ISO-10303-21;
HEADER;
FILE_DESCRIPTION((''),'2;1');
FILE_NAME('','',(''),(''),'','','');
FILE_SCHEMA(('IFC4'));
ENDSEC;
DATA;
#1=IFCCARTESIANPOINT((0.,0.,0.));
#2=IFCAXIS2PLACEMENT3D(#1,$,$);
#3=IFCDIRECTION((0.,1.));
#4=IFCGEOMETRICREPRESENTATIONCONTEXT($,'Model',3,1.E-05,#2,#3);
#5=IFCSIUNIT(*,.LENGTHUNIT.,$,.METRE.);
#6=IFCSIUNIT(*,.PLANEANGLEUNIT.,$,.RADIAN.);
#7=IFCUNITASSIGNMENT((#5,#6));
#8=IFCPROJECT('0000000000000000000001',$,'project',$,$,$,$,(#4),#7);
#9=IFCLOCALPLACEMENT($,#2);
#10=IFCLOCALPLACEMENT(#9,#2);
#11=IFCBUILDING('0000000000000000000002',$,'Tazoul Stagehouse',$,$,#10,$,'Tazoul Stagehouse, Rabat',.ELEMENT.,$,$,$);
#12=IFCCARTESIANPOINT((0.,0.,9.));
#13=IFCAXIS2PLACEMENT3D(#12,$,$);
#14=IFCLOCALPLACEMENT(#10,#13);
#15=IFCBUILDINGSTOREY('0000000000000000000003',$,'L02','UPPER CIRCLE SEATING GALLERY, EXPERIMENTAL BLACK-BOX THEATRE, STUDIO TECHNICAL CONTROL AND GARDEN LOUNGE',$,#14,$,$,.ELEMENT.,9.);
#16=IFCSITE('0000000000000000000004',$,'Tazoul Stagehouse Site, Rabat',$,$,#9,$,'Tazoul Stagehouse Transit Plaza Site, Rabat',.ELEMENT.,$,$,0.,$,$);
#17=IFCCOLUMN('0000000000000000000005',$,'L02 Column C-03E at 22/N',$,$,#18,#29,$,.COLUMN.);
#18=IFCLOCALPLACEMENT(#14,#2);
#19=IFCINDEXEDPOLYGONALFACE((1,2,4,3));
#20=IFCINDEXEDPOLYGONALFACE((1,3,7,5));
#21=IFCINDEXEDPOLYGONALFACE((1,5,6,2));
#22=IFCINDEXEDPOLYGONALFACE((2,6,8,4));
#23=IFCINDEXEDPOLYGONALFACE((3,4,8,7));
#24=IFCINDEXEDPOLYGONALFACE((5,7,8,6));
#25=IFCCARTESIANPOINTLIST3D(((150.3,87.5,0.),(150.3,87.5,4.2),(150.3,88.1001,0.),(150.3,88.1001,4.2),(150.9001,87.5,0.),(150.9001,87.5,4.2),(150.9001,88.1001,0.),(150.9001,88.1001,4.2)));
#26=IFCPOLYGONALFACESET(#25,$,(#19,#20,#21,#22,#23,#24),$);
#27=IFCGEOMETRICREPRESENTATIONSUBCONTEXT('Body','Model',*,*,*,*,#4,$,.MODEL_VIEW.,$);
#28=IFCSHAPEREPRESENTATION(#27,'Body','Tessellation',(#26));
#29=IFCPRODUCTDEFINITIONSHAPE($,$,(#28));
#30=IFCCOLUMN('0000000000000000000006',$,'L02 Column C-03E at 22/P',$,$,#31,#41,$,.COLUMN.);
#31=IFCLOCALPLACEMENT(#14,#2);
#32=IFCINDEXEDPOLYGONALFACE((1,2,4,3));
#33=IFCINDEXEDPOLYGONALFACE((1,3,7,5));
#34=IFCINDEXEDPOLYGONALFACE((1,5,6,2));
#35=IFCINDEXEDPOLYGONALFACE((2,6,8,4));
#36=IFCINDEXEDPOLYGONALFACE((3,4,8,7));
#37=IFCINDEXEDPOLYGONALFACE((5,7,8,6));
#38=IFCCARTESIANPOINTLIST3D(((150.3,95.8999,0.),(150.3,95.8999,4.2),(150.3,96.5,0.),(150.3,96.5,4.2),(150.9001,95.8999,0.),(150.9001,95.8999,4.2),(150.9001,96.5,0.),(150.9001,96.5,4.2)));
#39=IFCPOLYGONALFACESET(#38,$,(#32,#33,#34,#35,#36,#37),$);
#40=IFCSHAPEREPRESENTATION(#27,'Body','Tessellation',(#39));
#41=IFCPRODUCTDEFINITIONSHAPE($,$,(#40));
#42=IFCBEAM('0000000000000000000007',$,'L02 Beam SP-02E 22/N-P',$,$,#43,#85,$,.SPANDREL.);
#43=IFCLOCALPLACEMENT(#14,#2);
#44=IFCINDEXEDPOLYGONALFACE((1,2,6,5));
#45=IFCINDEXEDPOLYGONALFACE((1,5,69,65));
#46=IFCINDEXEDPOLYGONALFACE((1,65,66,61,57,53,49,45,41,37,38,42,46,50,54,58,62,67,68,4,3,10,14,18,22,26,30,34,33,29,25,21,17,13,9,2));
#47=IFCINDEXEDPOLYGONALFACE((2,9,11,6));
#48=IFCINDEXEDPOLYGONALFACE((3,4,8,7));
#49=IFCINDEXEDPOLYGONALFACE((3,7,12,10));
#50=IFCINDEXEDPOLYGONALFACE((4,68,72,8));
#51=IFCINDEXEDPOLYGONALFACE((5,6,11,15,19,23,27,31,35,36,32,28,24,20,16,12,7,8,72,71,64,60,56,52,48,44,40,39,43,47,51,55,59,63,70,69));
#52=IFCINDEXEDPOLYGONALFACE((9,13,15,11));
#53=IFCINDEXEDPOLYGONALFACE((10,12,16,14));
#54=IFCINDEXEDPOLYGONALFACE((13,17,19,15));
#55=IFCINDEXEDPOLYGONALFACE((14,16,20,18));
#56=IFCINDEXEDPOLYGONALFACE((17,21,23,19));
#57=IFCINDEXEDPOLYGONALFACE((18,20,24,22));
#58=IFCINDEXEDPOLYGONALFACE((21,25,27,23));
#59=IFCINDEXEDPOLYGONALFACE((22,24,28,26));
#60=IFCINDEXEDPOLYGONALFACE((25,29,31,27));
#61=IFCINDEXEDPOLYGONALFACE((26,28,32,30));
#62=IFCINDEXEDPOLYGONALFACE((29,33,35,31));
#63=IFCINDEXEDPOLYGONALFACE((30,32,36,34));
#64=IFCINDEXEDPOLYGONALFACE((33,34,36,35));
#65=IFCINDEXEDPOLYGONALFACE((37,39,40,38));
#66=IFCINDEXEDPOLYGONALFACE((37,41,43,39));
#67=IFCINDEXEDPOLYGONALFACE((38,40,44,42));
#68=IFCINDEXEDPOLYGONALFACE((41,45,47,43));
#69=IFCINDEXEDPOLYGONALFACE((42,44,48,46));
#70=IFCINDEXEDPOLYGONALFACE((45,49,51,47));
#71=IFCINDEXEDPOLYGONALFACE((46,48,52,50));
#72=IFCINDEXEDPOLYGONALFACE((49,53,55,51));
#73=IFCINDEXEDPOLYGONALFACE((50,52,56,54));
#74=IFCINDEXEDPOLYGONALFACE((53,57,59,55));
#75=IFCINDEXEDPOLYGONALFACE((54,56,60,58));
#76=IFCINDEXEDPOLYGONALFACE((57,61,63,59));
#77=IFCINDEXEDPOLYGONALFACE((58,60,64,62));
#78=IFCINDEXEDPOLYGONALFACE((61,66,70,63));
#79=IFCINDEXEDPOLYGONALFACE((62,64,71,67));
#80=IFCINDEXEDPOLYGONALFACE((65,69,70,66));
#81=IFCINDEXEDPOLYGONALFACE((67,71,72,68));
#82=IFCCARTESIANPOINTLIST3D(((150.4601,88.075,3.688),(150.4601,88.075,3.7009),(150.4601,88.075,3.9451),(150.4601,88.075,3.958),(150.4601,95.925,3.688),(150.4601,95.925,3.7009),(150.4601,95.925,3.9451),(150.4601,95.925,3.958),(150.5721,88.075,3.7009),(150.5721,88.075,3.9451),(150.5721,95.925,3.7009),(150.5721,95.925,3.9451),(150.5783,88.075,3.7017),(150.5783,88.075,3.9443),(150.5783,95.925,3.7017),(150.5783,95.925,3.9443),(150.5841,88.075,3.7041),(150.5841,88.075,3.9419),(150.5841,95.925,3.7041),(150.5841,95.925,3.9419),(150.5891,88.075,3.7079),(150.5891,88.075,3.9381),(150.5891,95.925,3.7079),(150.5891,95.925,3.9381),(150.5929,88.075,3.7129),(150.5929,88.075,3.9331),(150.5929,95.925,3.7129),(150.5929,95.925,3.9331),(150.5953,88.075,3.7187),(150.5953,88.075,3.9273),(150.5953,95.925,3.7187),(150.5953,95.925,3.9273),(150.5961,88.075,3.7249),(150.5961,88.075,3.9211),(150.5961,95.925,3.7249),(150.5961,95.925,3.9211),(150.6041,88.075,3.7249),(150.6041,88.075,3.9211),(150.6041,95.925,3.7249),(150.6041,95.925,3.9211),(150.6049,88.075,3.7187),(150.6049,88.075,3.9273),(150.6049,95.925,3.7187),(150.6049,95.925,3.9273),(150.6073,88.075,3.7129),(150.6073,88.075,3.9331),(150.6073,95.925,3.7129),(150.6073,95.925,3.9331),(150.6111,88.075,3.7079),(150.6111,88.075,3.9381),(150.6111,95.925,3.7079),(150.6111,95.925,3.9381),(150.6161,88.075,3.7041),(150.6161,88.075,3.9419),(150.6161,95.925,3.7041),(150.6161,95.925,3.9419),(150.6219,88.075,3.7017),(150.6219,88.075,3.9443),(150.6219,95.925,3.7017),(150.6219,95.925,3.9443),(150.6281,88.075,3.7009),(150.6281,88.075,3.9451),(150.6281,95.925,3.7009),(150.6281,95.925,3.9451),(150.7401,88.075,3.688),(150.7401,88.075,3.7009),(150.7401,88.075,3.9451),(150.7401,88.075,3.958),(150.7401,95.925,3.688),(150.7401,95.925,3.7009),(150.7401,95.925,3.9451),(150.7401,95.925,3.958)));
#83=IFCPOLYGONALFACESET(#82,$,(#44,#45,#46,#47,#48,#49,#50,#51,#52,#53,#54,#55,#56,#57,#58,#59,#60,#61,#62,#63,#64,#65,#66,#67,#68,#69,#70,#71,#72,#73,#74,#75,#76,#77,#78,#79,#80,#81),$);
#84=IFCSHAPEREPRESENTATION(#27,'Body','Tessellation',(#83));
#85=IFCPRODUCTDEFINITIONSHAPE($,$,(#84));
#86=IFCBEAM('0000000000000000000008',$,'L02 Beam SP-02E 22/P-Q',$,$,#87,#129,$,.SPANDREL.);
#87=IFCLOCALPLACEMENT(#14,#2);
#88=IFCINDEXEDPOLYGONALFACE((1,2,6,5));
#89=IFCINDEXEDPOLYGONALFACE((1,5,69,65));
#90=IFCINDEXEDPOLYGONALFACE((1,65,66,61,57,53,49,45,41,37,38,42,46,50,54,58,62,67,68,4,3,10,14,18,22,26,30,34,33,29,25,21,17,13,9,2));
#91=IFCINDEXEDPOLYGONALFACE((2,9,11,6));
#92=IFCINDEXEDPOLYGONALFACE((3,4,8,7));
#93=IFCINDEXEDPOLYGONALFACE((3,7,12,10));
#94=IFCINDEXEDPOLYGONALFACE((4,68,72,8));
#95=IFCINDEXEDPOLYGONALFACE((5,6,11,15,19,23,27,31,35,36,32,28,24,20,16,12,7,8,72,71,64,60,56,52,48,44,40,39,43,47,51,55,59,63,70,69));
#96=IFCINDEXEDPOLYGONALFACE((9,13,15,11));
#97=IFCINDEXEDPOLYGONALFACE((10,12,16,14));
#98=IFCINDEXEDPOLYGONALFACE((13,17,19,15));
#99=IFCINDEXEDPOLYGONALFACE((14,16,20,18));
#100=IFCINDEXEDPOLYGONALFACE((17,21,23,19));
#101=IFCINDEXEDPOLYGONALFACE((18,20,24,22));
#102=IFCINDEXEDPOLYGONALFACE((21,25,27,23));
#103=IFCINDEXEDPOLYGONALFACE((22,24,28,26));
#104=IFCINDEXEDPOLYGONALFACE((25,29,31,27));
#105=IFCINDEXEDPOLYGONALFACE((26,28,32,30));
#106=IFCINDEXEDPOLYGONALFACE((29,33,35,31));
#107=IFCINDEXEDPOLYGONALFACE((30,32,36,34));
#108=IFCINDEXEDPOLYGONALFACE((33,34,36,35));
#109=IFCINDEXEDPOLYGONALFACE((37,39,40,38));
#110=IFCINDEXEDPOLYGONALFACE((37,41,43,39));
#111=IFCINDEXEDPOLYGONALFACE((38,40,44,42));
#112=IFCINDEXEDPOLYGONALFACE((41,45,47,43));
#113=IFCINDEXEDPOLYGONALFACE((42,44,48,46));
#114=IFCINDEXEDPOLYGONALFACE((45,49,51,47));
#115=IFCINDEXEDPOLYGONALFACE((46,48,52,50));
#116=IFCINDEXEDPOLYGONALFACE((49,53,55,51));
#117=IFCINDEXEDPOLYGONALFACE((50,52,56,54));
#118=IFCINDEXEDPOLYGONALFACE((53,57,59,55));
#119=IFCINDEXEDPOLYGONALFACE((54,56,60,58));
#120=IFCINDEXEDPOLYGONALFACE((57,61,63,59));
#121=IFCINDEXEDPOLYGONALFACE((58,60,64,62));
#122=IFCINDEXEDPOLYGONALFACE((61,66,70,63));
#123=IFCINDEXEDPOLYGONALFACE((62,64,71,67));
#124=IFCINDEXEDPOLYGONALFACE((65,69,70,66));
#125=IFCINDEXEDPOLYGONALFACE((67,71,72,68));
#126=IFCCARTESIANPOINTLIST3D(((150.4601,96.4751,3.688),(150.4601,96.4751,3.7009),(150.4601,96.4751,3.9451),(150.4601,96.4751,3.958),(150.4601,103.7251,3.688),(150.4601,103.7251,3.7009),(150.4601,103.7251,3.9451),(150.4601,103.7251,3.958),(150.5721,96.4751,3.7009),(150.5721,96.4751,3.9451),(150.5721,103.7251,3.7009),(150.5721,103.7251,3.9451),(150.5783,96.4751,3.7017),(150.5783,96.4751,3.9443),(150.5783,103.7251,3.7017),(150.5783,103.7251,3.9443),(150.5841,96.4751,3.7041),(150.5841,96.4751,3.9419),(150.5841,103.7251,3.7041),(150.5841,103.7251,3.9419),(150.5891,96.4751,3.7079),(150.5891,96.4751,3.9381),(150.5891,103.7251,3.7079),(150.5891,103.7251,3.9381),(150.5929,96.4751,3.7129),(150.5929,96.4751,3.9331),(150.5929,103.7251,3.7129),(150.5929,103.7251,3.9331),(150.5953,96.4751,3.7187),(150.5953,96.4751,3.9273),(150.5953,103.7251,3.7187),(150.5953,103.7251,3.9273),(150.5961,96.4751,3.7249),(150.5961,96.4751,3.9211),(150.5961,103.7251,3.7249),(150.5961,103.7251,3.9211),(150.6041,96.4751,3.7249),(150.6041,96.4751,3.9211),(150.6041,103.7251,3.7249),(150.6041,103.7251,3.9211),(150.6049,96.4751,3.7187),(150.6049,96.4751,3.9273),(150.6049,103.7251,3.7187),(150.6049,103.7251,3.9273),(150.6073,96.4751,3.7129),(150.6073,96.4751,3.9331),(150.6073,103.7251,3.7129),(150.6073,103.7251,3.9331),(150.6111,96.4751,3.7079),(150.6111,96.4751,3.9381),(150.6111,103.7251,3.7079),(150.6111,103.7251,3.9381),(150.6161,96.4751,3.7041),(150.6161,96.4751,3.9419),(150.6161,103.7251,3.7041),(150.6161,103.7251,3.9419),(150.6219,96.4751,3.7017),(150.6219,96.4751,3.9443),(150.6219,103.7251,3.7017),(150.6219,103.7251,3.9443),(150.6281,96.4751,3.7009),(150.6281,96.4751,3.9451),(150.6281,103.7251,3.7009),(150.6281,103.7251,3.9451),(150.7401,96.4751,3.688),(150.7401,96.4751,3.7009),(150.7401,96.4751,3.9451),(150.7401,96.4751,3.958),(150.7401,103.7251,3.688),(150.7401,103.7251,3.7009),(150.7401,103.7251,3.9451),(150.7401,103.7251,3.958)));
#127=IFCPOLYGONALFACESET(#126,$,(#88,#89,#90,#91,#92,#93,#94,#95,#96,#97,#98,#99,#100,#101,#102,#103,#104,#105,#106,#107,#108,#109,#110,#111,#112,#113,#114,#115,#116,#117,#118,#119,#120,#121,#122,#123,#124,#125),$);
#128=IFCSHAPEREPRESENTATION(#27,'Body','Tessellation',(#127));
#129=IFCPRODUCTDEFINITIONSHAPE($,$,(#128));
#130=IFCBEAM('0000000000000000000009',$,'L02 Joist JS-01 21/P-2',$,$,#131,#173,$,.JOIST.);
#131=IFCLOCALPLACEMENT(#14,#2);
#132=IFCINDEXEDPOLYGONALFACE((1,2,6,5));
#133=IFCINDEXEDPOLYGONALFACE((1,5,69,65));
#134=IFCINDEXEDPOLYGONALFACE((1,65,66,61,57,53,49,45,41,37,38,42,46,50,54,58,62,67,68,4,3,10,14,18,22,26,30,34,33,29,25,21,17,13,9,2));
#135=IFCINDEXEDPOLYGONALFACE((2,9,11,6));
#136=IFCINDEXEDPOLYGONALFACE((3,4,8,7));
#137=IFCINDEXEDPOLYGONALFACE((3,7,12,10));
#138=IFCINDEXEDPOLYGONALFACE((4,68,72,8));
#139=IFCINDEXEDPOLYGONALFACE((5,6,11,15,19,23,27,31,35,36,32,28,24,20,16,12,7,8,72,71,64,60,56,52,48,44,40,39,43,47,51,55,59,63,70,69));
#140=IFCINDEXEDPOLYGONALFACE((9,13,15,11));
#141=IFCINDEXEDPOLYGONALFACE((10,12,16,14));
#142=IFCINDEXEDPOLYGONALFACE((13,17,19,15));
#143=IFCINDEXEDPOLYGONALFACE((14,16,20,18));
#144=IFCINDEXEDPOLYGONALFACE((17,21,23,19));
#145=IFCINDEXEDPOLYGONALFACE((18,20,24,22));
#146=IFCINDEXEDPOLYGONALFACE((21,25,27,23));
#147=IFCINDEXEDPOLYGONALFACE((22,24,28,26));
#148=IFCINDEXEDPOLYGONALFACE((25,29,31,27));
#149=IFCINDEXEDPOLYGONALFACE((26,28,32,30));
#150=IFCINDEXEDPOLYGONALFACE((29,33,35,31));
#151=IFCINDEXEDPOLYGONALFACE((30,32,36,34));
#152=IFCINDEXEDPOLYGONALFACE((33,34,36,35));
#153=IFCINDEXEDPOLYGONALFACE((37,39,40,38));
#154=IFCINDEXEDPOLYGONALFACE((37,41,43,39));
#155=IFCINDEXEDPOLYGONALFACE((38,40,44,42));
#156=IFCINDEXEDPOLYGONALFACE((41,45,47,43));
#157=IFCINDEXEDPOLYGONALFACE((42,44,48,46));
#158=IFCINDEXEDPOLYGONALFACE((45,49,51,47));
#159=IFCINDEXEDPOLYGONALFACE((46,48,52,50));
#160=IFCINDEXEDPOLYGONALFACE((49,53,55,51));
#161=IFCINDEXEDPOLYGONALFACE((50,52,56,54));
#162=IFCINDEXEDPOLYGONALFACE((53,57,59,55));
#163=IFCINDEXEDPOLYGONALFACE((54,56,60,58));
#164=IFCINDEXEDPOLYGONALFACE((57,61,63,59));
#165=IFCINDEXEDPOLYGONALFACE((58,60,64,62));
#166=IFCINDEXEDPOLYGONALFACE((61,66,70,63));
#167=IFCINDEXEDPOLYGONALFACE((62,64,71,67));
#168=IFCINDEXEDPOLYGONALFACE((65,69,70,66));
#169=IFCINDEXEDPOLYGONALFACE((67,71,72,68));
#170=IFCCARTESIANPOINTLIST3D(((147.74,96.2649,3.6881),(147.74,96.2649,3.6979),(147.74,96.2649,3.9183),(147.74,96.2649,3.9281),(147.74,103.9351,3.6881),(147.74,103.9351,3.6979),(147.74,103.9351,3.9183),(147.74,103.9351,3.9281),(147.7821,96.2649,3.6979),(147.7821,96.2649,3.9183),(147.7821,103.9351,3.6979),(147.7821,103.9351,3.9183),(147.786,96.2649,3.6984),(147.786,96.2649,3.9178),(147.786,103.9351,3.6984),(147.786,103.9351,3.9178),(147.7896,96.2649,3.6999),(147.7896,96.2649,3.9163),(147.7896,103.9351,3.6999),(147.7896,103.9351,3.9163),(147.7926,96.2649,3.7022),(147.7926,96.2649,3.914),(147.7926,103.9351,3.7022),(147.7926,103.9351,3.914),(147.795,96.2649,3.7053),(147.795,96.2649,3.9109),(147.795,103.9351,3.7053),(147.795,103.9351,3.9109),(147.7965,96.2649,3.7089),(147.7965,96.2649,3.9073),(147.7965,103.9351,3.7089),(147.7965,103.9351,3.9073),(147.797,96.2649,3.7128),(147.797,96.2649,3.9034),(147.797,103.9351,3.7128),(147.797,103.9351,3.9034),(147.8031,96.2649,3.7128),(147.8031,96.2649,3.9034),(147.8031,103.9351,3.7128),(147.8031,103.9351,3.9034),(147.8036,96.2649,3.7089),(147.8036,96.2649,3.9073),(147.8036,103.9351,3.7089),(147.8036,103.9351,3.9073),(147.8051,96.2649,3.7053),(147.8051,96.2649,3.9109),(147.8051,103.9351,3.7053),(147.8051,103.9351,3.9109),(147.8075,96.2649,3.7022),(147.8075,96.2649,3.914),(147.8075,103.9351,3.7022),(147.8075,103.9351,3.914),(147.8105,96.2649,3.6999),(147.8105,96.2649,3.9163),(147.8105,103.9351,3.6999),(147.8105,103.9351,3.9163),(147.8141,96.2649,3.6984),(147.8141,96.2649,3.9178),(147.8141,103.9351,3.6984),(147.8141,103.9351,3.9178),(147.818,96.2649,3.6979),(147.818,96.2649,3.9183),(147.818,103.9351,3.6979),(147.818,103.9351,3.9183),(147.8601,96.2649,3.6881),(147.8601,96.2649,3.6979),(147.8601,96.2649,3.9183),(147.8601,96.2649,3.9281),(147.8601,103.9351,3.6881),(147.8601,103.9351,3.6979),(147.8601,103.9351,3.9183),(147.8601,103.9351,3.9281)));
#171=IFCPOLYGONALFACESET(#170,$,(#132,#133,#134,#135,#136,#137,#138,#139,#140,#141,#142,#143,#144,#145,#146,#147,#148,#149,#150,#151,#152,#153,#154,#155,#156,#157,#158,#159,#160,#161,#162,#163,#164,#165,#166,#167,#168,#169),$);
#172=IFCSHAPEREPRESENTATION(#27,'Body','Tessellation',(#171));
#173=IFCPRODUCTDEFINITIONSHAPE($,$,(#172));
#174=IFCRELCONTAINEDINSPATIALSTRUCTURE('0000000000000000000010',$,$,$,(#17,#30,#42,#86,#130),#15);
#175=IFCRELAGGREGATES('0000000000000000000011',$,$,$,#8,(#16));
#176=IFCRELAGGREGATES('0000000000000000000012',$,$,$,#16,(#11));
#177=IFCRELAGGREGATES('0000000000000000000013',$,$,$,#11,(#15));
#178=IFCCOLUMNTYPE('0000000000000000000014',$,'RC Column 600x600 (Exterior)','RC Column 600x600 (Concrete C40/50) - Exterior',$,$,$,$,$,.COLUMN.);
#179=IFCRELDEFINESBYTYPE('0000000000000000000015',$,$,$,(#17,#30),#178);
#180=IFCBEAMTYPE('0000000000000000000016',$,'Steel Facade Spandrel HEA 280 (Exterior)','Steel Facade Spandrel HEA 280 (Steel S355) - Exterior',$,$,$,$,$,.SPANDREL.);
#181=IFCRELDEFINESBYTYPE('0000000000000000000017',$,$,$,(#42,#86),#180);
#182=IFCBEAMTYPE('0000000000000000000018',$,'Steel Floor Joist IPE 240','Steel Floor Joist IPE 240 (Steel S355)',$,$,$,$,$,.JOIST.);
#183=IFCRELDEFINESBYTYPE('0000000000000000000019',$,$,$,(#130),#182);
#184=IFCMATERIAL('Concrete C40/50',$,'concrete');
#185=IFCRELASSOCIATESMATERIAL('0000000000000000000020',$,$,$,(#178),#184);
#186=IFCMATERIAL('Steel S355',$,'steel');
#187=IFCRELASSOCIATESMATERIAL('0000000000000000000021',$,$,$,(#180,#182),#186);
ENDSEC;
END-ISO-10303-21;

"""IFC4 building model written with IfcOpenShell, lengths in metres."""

from ifc_helpers import new_model, si_unit, direction, frame, origin, origin_2d, place, context, subcontext, project, spatial, rectangle, i_section, extrude, material, material_profile, profile_set, type_object, element, save


model = new_model("IFC4")

# Units and contexts
model_context = context("Model", 3, precision=1e-05, world=origin(), true_north=direction((0.0, 1.0)))
body_context = subcontext(model_context, "Body", "Model", "MODEL_VIEW")
ifc_project = project(units=[si_unit("LENGTHUNIT", "METRE"), si_unit("PLANEANGLEUNIT", "RADIAN")], contexts=[model_context])

# Site, building, storey
site_placement = place(None, origin())
site = spatial("IfcSite", under=ifc_project, at=site_placement, Name="Tazoul Stagehouse Site, Rabat", LongName="Tazoul Stagehouse Transit Plaza Site, Rabat", CompositionType="ELEMENT", RefElevation=0.0)
building_placement = place(site_placement, origin())
building = spatial("IfcBuilding", under=site, at=building_placement, Name="Tazoul Stagehouse", LongName="Tazoul Stagehouse, Rabat", CompositionType="ELEMENT")
storey_placement = place(building_placement, frame((0.0, 0.0, 9.0)))
storey = spatial("IfcBuildingStorey", under=building, at=storey_placement, Name="L02", Description="UPPER CIRCLE SEATING GALLERY, EXPERIMENTAL BLACK-BOX THEATRE, STUDIO TECHNICAL CONTROL AND GARDEN LOUNGE", CompositionType="ELEMENT", Elevation=9.0)

# Columns
ifc_material_1 = material(Name="Concrete C40/50", Category="concrete")
ifc_material_profile_1 = material_profile(ifc_material_1, rectangle(XDim=0.6001, YDim=0.6001, at=origin_2d()), Name="RC 600x600")
ifc_profile_set_1 = profile_set([ifc_material_profile_1], Name="Concrete C40/50")
column_type = type_object("IfcColumnType", Name="RC Column 600x600 (Exterior)", Description="RC Column 600x600 (Concrete C40/50) - Exterior", PredefinedType="COLUMN", material=ifc_profile_set_1)
for number, where, z_axis, x_axis, name in (
    (1, (150.6001, 87.8, 0.0), (0.0, 0.0, 1.0), (1.0, 0.0, 0.0), "L02 Column C-03E at 22/N"),
    (2, (150.6001, 96.2, 0.0), (0.0, 0.0, 1.0), (1.0, 0.0, 0.0), "L02 Column C-03E at 22/P"),
):
    element("IfcColumn", number, at=place(storey_placement, frame(where, z_axis=z_axis, x_axis=x_axis)), inside=storey, type_object=column_type, Name=name, PredefinedType="COLUMN", context=body_context, shape_type="SweptSolid", body=[
        extrude(rectangle(XDim=0.6001, YDim=0.6001, at=origin_2d()), origin(), (0.0, 0.0, 1.0), 4.2),
    ])

# Beams
ifc_material_2 = material(Name="Steel S355", Category="steel")
ifc_material_profile_2 = material_profile(ifc_material_2, i_section(OverallWidth=0.28, OverallDepth=0.27, WebThickness=0.0081, FlangeThickness=0.0129, FilletRadius=0.0239, at=origin_2d()), Name="HEA 280")
ifc_profile_set_2 = profile_set([ifc_material_profile_2], Name="Steel S355")
beam_type_1 = type_object("IfcBeamType", Name="Steel Facade Spandrel HEA 280 (Exterior)", Description="Steel Facade Spandrel HEA 280 (Steel S355) - Exterior", PredefinedType="SPANDREL", material=ifc_profile_set_2)
beam_1_placement = place(storey_placement, frame((150.6001, 88.075, 3.823), z_axis=(0.0, 1.0, 0.0), x_axis=(-1.0, 0.0, 0.0)))
element("IfcBeam", 3, at=beam_1_placement, inside=storey, type_object=beam_type_1, Name="L02 Beam SP-02E 22/N-P", PredefinedType="SPANDREL", context=body_context, shape_type="SweptSolid", body=[
    extrude(i_section(OverallWidth=0.28, OverallDepth=0.27, WebThickness=0.0081, FlangeThickness=0.0129, FilletRadius=0.0239, at=origin_2d()), origin(), (0.0, 0.0, 1.0), 7.8501),
])
beam_2_placement = place(storey_placement, frame((150.6001, 96.4751, 3.823), z_axis=(0.0, 1.0, 0.0), x_axis=(-1.0, 0.0, 0.0)))
element("IfcBeam", 4, at=beam_2_placement, inside=storey, type_object=beam_type_1, Name="L02 Beam SP-02E 22/P-Q", PredefinedType="SPANDREL", context=body_context, shape_type="SweptSolid", body=[
    extrude(i_section(OverallWidth=0.28, OverallDepth=0.27, WebThickness=0.0081, FlangeThickness=0.0129, FilletRadius=0.0239, at=origin_2d()), origin(), (0.0, 0.0, 1.0), 7.25),
])
ifc_material_profile_3 = material_profile(ifc_material_2, i_section(OverallWidth=0.1201, OverallDepth=0.24, WebThickness=0.0061, FlangeThickness=0.0098, FilletRadius=0.0149, at=origin_2d()), Name="IPE 240")
ifc_profile_set_3 = profile_set([ifc_material_profile_3], Name="Steel S355")
beam_type_2 = type_object("IfcBeamType", Name="Steel Floor Joist IPE 240", Description="Steel Floor Joist IPE 240 (Steel S355)", PredefinedType="JOIST", material=ifc_profile_set_3)
beam_3_placement = place(storey_placement, frame((147.8, 96.2649, 3.8081), z_axis=(0.0, 1.0, 0.0), x_axis=(-1.0, 0.0, 0.0)))
element("IfcBeam", 5, at=beam_3_placement, inside=storey, type_object=beam_type_2, Name="L02 Joist JS-01 21/P-2", PredefinedType="JOIST", context=body_context, shape_type="SweptSolid", body=[
    extrude(i_section(OverallWidth=0.1201, OverallDepth=0.24, WebThickness=0.0061, FlangeThickness=0.0098, FilletRadius=0.0149, at=origin_2d()), origin(), (0.0, 0.0, 1.0), 7.6702),
])

save(model, "model.ifc")
